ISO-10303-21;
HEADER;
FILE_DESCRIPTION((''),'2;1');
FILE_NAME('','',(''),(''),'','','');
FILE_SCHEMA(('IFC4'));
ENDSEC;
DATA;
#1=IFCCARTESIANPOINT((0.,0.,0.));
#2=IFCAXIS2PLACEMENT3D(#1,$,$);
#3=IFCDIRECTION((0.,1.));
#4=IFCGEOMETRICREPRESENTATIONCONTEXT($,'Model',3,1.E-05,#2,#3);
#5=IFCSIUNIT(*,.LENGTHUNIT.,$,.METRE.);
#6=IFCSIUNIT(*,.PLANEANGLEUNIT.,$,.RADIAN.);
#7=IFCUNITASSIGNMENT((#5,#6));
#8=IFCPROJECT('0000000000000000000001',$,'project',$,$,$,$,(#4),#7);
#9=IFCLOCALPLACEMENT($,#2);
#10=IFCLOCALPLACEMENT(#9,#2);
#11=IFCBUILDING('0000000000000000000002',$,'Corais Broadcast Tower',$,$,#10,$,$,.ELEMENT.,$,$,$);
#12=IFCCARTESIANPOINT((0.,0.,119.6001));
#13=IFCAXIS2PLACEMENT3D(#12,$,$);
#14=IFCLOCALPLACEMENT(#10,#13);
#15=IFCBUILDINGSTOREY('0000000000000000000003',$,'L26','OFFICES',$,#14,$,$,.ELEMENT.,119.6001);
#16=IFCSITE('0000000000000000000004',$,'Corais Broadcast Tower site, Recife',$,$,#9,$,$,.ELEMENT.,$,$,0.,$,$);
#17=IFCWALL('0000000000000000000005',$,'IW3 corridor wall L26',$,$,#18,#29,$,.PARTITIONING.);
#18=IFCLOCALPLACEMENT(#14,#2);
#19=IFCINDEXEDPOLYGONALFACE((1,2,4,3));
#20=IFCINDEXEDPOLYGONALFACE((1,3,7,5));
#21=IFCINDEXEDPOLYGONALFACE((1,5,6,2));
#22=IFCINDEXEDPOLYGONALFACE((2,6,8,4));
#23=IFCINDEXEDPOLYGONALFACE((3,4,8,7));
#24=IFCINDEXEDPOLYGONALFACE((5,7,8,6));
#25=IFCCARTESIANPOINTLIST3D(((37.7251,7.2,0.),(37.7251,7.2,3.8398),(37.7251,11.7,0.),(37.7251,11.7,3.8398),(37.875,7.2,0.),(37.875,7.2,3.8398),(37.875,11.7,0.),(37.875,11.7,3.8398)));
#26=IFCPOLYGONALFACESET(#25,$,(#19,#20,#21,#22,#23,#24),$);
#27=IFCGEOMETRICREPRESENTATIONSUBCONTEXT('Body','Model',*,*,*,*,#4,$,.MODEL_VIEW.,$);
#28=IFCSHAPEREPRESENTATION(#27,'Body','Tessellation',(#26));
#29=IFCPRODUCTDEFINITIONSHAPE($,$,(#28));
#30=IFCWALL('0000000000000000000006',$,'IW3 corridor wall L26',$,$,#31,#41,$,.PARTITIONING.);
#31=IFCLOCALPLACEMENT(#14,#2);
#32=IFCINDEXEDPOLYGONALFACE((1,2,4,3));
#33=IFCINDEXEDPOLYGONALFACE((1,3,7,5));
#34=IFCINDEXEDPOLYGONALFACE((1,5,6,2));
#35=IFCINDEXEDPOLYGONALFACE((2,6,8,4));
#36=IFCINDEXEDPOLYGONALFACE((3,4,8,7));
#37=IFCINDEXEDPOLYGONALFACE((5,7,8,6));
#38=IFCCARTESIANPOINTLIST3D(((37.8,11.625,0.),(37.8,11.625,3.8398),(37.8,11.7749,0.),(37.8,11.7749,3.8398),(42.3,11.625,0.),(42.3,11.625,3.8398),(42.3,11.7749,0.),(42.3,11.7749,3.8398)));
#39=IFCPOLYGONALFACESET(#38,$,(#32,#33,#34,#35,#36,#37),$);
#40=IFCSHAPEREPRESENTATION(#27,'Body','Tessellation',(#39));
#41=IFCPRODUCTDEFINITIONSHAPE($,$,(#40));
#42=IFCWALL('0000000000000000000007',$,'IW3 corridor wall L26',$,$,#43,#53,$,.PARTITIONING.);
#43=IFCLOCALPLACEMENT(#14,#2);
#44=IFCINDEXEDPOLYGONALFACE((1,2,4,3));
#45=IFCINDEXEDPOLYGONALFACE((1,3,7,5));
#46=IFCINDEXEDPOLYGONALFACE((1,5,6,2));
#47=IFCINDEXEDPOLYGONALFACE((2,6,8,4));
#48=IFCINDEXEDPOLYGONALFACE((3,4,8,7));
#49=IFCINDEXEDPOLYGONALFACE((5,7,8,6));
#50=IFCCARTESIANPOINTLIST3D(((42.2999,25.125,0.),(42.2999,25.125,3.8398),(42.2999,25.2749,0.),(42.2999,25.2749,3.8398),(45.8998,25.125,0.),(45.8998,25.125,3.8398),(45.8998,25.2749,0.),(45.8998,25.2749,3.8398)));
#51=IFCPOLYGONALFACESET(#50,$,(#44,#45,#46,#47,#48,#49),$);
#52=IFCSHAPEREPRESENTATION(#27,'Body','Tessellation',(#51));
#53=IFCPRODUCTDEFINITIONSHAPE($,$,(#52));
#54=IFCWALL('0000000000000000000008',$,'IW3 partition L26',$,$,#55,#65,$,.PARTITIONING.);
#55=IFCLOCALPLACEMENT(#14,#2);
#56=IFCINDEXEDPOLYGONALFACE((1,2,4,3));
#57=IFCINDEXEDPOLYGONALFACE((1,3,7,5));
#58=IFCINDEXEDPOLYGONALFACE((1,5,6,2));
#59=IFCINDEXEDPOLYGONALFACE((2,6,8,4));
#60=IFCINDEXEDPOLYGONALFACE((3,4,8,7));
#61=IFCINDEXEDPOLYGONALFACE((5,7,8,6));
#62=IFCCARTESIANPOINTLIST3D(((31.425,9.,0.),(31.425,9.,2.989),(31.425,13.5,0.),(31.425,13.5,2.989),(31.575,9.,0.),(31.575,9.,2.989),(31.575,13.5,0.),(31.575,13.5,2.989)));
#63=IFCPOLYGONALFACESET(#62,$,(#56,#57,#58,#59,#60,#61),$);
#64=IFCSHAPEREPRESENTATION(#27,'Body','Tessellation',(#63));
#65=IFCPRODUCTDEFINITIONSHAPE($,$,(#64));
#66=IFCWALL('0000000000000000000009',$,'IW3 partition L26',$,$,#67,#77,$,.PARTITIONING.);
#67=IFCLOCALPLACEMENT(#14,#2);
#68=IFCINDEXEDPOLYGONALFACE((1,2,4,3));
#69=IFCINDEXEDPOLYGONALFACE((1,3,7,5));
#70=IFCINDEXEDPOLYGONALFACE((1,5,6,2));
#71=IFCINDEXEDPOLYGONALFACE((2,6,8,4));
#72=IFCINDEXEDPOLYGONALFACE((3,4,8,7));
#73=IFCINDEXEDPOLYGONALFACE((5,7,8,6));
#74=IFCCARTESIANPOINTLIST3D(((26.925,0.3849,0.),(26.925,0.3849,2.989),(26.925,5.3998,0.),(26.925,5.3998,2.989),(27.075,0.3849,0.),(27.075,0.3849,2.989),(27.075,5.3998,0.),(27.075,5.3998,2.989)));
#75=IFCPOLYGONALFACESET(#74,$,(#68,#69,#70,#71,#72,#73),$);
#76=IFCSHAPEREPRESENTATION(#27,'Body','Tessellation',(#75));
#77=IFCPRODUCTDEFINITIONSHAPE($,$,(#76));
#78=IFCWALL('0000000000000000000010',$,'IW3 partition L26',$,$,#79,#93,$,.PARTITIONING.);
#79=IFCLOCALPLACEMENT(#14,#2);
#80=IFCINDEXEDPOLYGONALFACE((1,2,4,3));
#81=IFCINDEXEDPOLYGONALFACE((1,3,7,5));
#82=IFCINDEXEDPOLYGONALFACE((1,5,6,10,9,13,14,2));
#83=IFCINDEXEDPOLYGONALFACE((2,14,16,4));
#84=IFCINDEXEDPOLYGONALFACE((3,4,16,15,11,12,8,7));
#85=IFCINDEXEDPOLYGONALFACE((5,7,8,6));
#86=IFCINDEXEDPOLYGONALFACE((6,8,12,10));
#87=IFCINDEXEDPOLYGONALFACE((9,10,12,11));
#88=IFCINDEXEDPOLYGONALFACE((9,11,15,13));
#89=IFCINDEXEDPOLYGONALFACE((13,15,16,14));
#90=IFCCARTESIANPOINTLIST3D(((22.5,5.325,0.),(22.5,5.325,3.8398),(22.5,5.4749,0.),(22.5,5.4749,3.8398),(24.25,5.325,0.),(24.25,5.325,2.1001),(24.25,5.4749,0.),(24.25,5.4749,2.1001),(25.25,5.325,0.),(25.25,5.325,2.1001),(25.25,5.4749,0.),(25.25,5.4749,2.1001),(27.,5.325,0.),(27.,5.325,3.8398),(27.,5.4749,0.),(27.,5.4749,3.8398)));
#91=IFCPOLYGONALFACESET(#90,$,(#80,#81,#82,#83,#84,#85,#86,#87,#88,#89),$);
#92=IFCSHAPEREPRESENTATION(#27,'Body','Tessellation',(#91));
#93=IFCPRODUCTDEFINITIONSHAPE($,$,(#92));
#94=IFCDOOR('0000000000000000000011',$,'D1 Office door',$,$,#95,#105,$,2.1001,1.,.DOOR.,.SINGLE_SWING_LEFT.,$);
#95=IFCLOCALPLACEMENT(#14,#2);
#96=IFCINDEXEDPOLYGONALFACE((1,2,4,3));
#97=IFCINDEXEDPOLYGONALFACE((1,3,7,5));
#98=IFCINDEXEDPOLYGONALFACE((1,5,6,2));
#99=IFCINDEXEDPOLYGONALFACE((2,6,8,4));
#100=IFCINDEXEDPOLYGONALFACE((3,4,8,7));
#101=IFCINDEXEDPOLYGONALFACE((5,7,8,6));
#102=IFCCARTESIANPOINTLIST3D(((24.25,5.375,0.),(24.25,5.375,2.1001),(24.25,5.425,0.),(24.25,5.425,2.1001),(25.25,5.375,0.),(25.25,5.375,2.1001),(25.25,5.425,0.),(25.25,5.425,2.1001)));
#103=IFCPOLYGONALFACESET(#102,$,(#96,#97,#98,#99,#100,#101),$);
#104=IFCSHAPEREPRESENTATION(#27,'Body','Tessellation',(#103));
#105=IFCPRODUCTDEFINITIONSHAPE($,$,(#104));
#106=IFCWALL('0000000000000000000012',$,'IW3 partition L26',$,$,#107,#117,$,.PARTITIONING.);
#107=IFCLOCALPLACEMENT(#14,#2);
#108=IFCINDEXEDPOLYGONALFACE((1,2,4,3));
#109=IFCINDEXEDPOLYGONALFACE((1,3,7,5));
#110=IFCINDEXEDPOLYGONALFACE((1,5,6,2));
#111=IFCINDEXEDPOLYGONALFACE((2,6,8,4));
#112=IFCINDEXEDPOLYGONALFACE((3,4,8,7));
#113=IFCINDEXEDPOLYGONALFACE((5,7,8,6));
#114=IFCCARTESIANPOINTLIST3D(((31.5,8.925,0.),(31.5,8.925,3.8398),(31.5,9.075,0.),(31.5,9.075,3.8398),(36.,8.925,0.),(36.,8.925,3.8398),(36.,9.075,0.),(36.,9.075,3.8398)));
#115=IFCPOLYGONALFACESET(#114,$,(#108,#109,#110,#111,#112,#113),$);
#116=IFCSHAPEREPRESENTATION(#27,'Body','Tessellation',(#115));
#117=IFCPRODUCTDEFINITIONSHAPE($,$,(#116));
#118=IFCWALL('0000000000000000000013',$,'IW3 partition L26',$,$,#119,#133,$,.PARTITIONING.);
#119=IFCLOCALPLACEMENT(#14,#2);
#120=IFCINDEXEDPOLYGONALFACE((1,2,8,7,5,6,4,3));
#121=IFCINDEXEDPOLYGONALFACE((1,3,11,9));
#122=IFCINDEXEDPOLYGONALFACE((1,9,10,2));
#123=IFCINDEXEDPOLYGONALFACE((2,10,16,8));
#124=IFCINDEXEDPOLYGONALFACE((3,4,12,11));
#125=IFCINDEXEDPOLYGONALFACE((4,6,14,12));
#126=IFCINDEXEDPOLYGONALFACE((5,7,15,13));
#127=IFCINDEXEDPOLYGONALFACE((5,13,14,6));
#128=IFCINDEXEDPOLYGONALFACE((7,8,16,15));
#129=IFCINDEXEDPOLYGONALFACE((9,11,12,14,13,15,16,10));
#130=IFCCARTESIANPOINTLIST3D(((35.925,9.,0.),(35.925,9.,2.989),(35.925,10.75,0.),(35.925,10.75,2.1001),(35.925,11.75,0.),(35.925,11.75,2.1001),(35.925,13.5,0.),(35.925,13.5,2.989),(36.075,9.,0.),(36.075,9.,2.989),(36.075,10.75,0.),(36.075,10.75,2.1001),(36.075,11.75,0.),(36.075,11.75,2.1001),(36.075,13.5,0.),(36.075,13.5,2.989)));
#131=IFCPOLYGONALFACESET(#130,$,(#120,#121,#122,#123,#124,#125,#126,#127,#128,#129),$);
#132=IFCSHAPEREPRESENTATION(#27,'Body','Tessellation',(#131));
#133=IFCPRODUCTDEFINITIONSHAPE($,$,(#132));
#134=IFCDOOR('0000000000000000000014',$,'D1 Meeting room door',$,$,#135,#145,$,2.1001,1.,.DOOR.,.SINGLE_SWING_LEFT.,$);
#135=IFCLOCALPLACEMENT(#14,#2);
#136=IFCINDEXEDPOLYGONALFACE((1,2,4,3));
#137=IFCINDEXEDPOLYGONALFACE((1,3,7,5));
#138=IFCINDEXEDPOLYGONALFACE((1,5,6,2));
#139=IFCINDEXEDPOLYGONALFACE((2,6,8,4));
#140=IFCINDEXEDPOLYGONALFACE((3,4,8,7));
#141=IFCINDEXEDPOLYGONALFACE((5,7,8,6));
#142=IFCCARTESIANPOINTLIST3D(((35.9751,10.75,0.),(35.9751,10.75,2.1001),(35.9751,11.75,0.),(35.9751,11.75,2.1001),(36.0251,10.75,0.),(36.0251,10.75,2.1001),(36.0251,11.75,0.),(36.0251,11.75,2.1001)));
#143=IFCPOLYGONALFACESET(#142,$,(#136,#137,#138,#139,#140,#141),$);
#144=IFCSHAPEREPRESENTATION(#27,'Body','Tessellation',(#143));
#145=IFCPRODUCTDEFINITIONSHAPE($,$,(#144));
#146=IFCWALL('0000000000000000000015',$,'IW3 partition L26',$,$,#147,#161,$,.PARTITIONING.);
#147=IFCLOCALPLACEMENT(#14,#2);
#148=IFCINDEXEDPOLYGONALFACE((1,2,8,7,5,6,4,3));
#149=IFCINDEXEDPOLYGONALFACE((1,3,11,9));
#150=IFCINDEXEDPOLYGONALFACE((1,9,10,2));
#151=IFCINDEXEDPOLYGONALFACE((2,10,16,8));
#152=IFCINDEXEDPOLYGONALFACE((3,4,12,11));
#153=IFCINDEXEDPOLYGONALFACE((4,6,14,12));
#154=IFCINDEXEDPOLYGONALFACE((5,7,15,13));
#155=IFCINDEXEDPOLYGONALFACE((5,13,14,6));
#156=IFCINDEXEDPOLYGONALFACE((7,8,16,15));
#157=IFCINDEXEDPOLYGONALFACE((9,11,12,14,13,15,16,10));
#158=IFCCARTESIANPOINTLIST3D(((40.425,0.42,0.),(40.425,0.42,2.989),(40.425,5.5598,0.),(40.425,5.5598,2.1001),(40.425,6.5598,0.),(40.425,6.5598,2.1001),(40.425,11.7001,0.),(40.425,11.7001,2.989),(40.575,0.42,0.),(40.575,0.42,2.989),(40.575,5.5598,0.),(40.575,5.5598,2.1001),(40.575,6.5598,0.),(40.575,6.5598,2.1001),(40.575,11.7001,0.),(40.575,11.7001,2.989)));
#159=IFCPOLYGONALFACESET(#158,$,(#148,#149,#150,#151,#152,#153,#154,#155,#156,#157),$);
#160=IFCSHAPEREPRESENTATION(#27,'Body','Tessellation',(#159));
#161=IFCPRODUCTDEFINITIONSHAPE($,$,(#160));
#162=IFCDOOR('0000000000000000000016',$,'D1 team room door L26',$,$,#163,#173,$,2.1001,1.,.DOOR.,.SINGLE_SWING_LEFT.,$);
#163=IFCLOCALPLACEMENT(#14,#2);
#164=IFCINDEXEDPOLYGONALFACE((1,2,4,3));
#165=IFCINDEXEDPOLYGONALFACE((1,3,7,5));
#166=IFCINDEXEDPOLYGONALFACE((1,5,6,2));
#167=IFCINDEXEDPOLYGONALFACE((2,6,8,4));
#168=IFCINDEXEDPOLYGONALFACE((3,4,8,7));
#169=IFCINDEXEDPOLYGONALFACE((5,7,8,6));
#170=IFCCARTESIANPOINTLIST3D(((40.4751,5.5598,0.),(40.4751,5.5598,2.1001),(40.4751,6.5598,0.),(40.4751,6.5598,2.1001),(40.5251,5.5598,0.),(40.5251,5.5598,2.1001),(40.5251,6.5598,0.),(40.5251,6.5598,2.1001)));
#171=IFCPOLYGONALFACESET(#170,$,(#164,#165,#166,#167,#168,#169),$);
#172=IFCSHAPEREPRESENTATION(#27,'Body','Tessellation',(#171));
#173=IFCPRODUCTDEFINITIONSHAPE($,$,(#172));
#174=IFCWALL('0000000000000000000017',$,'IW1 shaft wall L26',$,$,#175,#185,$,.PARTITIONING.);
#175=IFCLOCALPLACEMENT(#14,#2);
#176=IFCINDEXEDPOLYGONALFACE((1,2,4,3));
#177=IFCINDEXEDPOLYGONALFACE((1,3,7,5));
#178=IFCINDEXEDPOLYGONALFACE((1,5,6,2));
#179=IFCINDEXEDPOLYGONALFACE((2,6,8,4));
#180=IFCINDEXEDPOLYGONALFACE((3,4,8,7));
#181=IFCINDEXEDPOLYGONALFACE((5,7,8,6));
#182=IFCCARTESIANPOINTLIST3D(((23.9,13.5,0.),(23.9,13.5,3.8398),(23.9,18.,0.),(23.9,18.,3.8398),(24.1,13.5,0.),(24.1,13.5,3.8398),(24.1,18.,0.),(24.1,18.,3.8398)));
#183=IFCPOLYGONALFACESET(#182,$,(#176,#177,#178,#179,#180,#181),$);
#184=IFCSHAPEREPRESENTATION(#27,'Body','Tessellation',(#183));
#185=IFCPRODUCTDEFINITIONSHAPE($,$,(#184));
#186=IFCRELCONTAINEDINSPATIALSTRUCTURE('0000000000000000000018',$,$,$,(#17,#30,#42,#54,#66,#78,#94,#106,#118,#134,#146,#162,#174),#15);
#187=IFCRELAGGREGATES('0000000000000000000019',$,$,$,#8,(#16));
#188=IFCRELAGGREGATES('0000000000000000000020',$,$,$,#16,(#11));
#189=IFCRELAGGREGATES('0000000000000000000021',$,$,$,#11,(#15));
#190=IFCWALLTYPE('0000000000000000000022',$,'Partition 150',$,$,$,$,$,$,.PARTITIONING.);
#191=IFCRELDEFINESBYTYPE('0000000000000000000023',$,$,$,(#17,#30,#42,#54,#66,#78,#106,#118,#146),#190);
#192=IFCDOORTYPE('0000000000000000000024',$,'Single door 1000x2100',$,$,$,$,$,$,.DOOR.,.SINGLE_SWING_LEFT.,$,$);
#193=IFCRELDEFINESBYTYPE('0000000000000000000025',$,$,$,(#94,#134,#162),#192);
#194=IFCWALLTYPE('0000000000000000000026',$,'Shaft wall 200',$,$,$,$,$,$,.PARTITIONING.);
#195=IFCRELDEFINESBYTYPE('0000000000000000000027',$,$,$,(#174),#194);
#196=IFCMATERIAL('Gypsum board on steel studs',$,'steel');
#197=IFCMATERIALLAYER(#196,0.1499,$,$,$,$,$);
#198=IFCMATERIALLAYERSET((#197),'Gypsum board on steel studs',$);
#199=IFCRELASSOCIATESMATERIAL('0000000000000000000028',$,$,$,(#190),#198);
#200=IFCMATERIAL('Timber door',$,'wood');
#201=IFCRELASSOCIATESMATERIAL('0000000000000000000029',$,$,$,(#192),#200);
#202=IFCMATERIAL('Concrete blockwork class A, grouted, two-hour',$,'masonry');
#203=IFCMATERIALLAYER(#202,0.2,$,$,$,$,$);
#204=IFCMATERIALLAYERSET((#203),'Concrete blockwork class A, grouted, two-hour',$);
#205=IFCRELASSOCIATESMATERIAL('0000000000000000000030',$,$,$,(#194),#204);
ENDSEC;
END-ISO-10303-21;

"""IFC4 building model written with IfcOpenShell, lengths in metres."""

from ifc_helpers import new_model, si_unit, direction, frame, frame_2d, origin, place, context, subcontext, project, spatial, rectangle, extrude, material, layer, layer_set, type_object, element, fill, save


model = new_model("IFC4")

# Units and contexts
model_context = context("Model", 3, precision=1e-05, world=origin(), true_north=direction((0.0, 1.0)))
body_context = subcontext(model_context, "Body", "Model", "MODEL_VIEW")
ifc_project = project(units=[si_unit("LENGTHUNIT", "METRE"), si_unit("PLANEANGLEUNIT", "RADIAN")], contexts=[model_context])

# Site, building, storey
site_placement = place(None, origin())
site = spatial("IfcSite", under=ifc_project, at=site_placement, Name="Corais Broadcast Tower site, Recife", CompositionType="ELEMENT", RefElevation=0.0)
building_placement = place(site_placement, origin())
building = spatial("IfcBuilding", under=site, at=building_placement, Name="Corais Broadcast Tower", CompositionType="ELEMENT")
storey_placement = place(building_placement, frame((0.0, 0.0, 119.6001)))
storey = spatial("IfcBuildingStorey", under=building, at=storey_placement, Name="L26", Description="OFFICES", CompositionType="ELEMENT", Elevation=119.6001)

# Shared definitions
ifc_material_1 = material(Name="Gypsum board on steel studs", Category="steel")
ifc_layer_1 = layer(ifc_material_1, 0.1499)
ifc_layer_set_1 = layer_set([ifc_layer_1], Name="Gypsum board on steel studs")
wall_type_1 = type_object("IfcWallType", Name="Partition 150", PredefinedType="PARTITIONING", material=ifc_layer_set_1)
ifc_material_2 = material(Name="Timber door", Category="wood")
door_type_1 = type_object("IfcDoorType", Name="Single door 1000x2100", OperationType="SINGLE_SWING_LEFT", PredefinedType="DOOR", material=ifc_material_2)

# Walls
for number, where, z_axis, x_axis, name in (
    (1, (37.8, 7.2, 0.0), (0.0, 0.0, 1.0), (0.0, 1.0, 0.0), "IW3 corridor wall L26"),
    (2, (37.8, 11.7, 0.0), (0.0, 0.0, 1.0), (1.0, 0.0, 0.0), "IW3 corridor wall L26"),
):
    element("IfcWall", number, at=place(storey_placement, frame(where, z_axis=z_axis, x_axis=x_axis)), inside=storey, type_object=wall_type_1, Name=name, PredefinedType="PARTITIONING", context=body_context, shape_type="SweptSolid", body=[
        extrude(rectangle(XDim=4.5, YDim=0.1499, at=frame_2d((2.25, 0.0))), origin(), (0.0, 0.0, 1.0), 3.8398),
    ])
wall_1_placement = place(storey_placement, frame((42.3, 25.2, 0.0), z_axis=(0.0, 0.0, 1.0), x_axis=(1.0, 0.0, 0.0)))
element("IfcWall", 3, at=wall_1_placement, inside=storey, type_object=wall_type_1, Name="IW3 corridor wall L26", PredefinedType="PARTITIONING", context=body_context, shape_type="SweptSolid", body=[
    extrude(rectangle(XDim=3.5999, YDim=0.1499, at=frame_2d((1.7998, 0.0))), origin(), (0.0, 0.0, 1.0), 3.8398),
])
wall_2_placement = place(storey_placement, frame((31.5, 9.0, 0.0), z_axis=(0.0, 0.0, 1.0), x_axis=(0.0, 1.0, 0.0)))
element("IfcWall", 4, at=wall_2_placement, inside=storey, type_object=wall_type_1, Name="IW3 partition L26", PredefinedType="PARTITIONING", context=body_context, shape_type="SweptSolid", body=[
    extrude(rectangle(XDim=4.5, YDim=0.1499, at=frame_2d((2.25, 0.0))), origin(), (0.0, 0.0, 1.0), 2.989),
])
wall_3_placement = place(storey_placement, frame((27.0, 0.385, 0.0), z_axis=(0.0, 0.0, 1.0), x_axis=(0.0, 1.0, 0.0)))
element("IfcWall", 5, at=wall_3_placement, inside=storey, type_object=wall_type_1, Name="IW3 partition L26", PredefinedType="PARTITIONING", context=body_context, shape_type="SweptSolid", body=[
    extrude(rectangle(XDim=5.0149, YDim=0.1499, at=frame_2d((2.5073, 0.0))), origin(), (0.0, 0.0, 1.0), 2.989),
])

# Wall, opening, door
wall_4_placement = place(storey_placement, frame((27.0, 5.3999, 0.0), z_axis=(0.0, 0.0, 1.0), x_axis=(-1.0, 0.0, 0.0)))
wall_4 = element("IfcWall", 6, at=wall_4_placement, inside=storey, type_object=wall_type_1, Name="IW3 partition L26", PredefinedType="PARTITIONING", context=body_context, shape_type="SweptSolid", body=[
    extrude(rectangle(XDim=4.5, YDim=0.1499, at=frame_2d((2.25, 0.0))), origin(), (0.0, 0.0, 1.0), 3.8398),
])
opening_1_placement = place(wall_4_placement, frame((1.75, 0.0, 0.0)))
opening_1 = element("IfcOpeningElement", 7, at=opening_1_placement, cuts=wall_4, PredefinedType="OPENING", context=body_context, shape_type="SweptSolid", body=[
    extrude(rectangle(XDim=1.0, YDim=2.1001, at=frame_2d((0.5, 1.05))), frame((0.0, 0.085, 0.0), z_axis=(0.0, -1.0, 0.0), x_axis=(1.0, 0.0, 0.0)), (0.0, 0.0, 1.0), 0.1699),
])
door_1_placement = place(opening_1_placement, origin())
door_1 = element("IfcDoor", 8, at=door_1_placement, inside=storey, type_object=door_type_1, Name="D1 Office door", OperationType="SINGLE_SWING_LEFT", OverallHeight=2.1001, OverallWidth=1.0, PredefinedType="DOOR", context=body_context, shape_type="SweptSolid", body=[
    extrude(rectangle(XDim=1.0, YDim=2.1001, at=frame_2d((0.5, 1.05))), frame((0.0, 0.0249, 0.0), z_axis=(0.0, -1.0, 0.0), x_axis=(1.0, 0.0, 0.0)), (0.0, 0.0, 1.0), 0.05),
])
fill(opening_1, door_1)

# Wall
wall_5_placement = place(storey_placement, frame((31.5, 9.0, 0.0), z_axis=(0.0, 0.0, 1.0), x_axis=(1.0, 0.0, 0.0)))
element("IfcWall", 9, at=wall_5_placement, inside=storey, type_object=wall_type_1, Name="IW3 partition L26", PredefinedType="PARTITIONING", context=body_context, shape_type="SweptSolid", body=[
    extrude(rectangle(XDim=4.5, YDim=0.1499, at=frame_2d((2.25, 0.0))), origin(), (0.0, 0.0, 1.0), 3.8398),
])

# Walls, openings, doors
wall_6_placement = place(storey_placement, frame((36.0, 9.0, 0.0), z_axis=(0.0, 0.0, 1.0), x_axis=(0.0, 1.0, 0.0)))
wall_6 = element("IfcWall", 10, at=wall_6_placement, inside=storey, type_object=wall_type_1, Name="IW3 partition L26", PredefinedType="PARTITIONING", context=body_context, shape_type="SweptSolid", body=[
    extrude(rectangle(XDim=4.5, YDim=0.1499, at=frame_2d((2.25, 0.0))), origin(), (0.0, 0.0, 1.0), 2.989),
])
opening_2_placement = place(wall_6_placement, frame((1.75, 0.0, 0.0)))
opening_2 = element("IfcOpeningElement", 11, at=opening_2_placement, cuts=wall_6, PredefinedType="OPENING", context=body_context, shape_type="SweptSolid", body=[
    extrude(rectangle(XDim=1.0, YDim=2.1001, at=frame_2d((0.5, 1.05))), frame((0.0, 0.085, 0.0), z_axis=(0.0, -1.0, 0.0), x_axis=(1.0, 0.0, 0.0)), (0.0, 0.0, 1.0), 0.1699),
])
door_2_placement = place(opening_2_placement, origin())
door_2 = element("IfcDoor", 12, at=door_2_placement, inside=storey, type_object=door_type_1, Name="D1 Meeting room door", OperationType="SINGLE_SWING_LEFT", OverallHeight=2.1001, OverallWidth=1.0, PredefinedType="DOOR", context=body_context, shape_type="SweptSolid", body=[
    extrude(rectangle(XDim=1.0, YDim=2.1001, at=frame_2d((0.5, 1.05))), frame((0.0, 0.0249, 0.0), z_axis=(0.0, -1.0, 0.0), x_axis=(1.0, 0.0, 0.0)), (0.0, 0.0, 1.0), 0.05),
])
fill(opening_2, door_2)
wall_7_placement = place(storey_placement, frame((40.5, 0.4199, 0.0), z_axis=(0.0, 0.0, 1.0), x_axis=(0.0, 1.0, 0.0)))
wall_7 = element("IfcWall", 13, at=wall_7_placement, inside=storey, type_object=wall_type_1, Name="IW3 partition L26", PredefinedType="PARTITIONING", context=body_context, shape_type="SweptSolid", body=[
    extrude(rectangle(XDim=11.28, YDim=0.1499, at=frame_2d((5.6401, 0.0))), origin(), (0.0, 0.0, 1.0), 2.989),
])
opening_3_placement = place(wall_7_placement, frame((5.1399, 0.0, 0.0)))
opening_3 = element("IfcOpeningElement", 14, at=opening_3_placement, cuts=wall_7, PredefinedType="OPENING", context=body_context, shape_type="SweptSolid", body=[
    extrude(rectangle(XDim=1.0, YDim=2.1001, at=frame_2d((0.5, 1.05))), frame((0.0, 0.085, 0.0), z_axis=(0.0, -1.0, 0.0), x_axis=(1.0, 0.0, 0.0)), (0.0, 0.0, 1.0), 0.1699),
])
door_3_placement = place(opening_3_placement, origin())
door_3 = element("IfcDoor", 15, at=door_3_placement, inside=storey, type_object=door_type_1, Name="D1 team room door L26", OperationType="SINGLE_SWING_LEFT", OverallHeight=2.1001, OverallWidth=1.0, PredefinedType="DOOR", context=body_context, shape_type="SweptSolid", body=[
    extrude(rectangle(XDim=1.0, YDim=2.1001, at=frame_2d((0.5, 1.05))), frame((0.0, 0.0249, 0.0), z_axis=(0.0, -1.0, 0.0), x_axis=(1.0, 0.0, 0.0)), (0.0, 0.0, 1.0), 0.05),
])
fill(opening_3, door_3)

# Wall
ifc_material_3 = material(Name="Concrete blockwork class A, grouted, two-hour", Category="masonry")
ifc_layer_2 = layer(ifc_material_3, 0.2)
ifc_layer_set_2 = layer_set([ifc_layer_2], Name="Concrete blockwork class A, grouted, two-hour")
wall_type_2 = type_object("IfcWallType", Name="Shaft wall 200", PredefinedType="PARTITIONING", material=ifc_layer_set_2)
for number, where, z_axis, x_axis, name in (
    (16, (24.0, 13.5, 0.0), (0.0, 0.0, 1.0), (0.0, 1.0, 0.0), "IW1 shaft wall L26"),
):
    element("IfcWall", number, at=place(storey_placement, frame(where, z_axis=z_axis, x_axis=x_axis)), inside=storey, type_object=wall_type_2, Name=name, PredefinedType="PARTITIONING", context=body_context, shape_type="SweptSolid", body=[
        extrude(rectangle(XDim=4.5, YDim=0.2, at=frame_2d((2.25, 0.0))), origin(), (0.0, 0.0, 1.0), 3.8398),
    ])

save(model, "model.ifc")
